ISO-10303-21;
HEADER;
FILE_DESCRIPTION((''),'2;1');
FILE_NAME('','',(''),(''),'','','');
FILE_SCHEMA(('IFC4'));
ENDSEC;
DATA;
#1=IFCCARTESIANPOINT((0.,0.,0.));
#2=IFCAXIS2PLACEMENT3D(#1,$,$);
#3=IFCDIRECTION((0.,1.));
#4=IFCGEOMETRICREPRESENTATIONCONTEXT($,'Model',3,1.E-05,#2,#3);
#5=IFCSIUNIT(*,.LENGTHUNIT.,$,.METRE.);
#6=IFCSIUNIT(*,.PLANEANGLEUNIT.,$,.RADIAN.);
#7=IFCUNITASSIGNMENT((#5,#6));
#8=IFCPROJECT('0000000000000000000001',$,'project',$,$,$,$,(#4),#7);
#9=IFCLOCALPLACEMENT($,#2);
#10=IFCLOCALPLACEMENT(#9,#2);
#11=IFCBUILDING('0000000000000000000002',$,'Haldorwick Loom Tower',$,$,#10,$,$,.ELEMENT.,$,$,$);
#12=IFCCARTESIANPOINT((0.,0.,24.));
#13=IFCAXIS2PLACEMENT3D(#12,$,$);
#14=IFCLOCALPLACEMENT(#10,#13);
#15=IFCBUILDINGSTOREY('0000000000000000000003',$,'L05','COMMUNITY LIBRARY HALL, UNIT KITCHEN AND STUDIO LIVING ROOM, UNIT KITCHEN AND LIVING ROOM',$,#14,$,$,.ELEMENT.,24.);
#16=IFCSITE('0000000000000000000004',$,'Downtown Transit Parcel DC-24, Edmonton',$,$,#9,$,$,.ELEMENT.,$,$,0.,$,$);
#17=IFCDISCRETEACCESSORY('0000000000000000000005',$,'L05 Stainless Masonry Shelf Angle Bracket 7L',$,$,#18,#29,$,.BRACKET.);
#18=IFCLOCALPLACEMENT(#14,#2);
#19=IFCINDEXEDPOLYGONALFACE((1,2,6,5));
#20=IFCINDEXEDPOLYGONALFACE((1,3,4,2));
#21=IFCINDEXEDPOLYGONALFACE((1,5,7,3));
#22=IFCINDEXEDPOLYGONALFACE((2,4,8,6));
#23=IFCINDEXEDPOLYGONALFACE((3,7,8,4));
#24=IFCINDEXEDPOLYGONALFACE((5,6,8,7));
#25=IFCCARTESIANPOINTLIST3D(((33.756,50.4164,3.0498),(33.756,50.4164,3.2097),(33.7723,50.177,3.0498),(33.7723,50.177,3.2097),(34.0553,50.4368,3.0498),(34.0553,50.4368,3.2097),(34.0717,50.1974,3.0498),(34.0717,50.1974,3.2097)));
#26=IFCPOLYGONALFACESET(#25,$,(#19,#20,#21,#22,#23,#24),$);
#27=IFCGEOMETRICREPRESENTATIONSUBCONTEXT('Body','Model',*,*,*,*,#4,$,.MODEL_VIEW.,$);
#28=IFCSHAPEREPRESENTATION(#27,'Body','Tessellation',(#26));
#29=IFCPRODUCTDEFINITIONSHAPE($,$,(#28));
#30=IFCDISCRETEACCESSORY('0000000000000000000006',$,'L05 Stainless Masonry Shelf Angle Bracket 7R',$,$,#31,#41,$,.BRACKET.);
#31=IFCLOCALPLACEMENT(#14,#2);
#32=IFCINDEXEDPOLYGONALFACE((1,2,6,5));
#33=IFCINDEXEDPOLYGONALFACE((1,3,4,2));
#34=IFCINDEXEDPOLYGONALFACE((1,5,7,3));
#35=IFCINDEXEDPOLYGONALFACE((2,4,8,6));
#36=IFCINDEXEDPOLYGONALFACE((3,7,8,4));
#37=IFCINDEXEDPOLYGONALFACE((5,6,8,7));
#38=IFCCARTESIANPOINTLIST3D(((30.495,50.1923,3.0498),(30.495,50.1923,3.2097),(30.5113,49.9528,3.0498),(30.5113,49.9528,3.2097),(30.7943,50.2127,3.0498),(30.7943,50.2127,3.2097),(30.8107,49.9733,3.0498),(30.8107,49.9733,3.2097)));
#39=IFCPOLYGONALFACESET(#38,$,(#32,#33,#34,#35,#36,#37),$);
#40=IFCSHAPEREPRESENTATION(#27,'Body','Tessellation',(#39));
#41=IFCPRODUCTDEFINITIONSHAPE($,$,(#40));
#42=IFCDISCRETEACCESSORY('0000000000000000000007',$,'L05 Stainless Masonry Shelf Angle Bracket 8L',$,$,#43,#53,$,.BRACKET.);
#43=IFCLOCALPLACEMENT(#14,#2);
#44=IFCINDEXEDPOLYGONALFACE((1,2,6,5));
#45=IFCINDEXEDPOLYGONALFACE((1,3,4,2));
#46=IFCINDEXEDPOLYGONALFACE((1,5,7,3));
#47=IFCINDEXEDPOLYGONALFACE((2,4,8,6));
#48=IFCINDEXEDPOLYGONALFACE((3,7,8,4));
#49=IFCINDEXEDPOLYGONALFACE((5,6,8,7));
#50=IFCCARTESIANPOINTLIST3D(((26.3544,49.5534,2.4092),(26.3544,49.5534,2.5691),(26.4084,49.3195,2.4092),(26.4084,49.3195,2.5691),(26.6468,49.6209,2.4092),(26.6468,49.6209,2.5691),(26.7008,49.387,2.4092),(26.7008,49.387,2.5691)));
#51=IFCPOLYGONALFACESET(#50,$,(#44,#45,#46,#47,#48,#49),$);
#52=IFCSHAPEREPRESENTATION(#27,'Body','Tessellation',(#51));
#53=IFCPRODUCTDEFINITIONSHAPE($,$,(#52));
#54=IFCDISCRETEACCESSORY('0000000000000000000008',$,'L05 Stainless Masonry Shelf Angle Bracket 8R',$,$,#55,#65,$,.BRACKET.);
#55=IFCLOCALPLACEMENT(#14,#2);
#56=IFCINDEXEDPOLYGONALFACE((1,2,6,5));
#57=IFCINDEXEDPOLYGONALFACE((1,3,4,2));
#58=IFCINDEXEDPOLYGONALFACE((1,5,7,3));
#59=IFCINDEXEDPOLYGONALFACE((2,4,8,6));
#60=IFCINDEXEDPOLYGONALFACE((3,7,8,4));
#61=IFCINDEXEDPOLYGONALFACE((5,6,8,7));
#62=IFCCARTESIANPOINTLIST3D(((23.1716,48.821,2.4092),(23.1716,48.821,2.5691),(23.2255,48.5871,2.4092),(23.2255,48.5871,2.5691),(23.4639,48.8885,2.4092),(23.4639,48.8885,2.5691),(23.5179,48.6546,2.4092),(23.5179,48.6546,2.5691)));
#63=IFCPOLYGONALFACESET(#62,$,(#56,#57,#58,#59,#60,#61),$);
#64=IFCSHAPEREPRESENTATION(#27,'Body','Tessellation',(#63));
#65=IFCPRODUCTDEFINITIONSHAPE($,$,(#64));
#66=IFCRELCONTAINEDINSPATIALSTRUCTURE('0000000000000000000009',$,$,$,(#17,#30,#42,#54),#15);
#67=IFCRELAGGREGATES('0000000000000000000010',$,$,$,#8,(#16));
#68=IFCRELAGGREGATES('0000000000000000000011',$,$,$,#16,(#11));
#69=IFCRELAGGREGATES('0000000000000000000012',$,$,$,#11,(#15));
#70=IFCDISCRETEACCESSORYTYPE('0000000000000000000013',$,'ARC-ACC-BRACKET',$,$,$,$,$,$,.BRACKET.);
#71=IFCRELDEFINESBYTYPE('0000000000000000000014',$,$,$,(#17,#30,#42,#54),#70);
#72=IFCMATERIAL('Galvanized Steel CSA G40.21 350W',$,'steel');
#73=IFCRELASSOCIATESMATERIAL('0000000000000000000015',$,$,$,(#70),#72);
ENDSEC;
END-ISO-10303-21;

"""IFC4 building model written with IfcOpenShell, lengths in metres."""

from ifc_helpers import new_model, si_unit, direction, frame, origin, origin_2d, place, context, subcontext, project, spatial, rectangle, extrude, material, type_object, element, save


model = new_model("IFC4")

# Units and contexts
model_context = context("Model", 3, precision=1e-05, world=origin(), true_north=direction((0.0, 1.0)))
body_context = subcontext(model_context, "Body", "Model", "MODEL_VIEW")
ifc_project = project(units=[si_unit("LENGTHUNIT", "METRE"), si_unit("PLANEANGLEUNIT", "RADIAN")], contexts=[model_context])

# Site, building, storey
site_placement = place(None, origin())
site = spatial("IfcSite", under=ifc_project, at=site_placement, Name="Downtown Transit Parcel DC-24, Edmonton", CompositionType="ELEMENT", RefElevation=0.0)
building_placement = place(site_placement, origin())
building = spatial("IfcBuilding", under=site, at=building_placement, Name="Haldorwick Loom Tower", CompositionType="ELEMENT")
storey_placement = place(building_placement, frame((0.0, 0.0, 24.0)))
storey = spatial("IfcBuildingStorey", under=building, at=storey_placement, Name="L05", Description="COMMUNITY LIBRARY HALL, UNIT KITCHEN AND STUDIO LIVING ROOM, UNIT KITCHEN AND LIVING ROOM", CompositionType="ELEMENT", Elevation=24.0)

# Discrete accessories
ifc_material_1 = material(Name="Galvanized Steel CSA G40.21 350W", Category="steel")
discrete_accessory_type = type_object("IfcDiscreteAccessoryType", Name="ARC-ACC-BRACKET", PredefinedType="BRACKET", material=ifc_material_1)
for number, where, z_axis, x_axis, name in (
    (1, (33.9138, 50.3069, 3.0498), (0.0, 0.0, 1.0), (-0.997684, -0.068015, 0.0), "L05 Stainless Masonry Shelf Angle Bracket 7L"),
    (2, (30.6528, 50.0828, 3.0498), (0.0, 0.0, 1.0), (-0.997684, -0.068015, 0.0), "L05 Stainless Masonry Shelf Angle Bracket 7R"),
    (3, (26.5276, 49.4702, 2.4092), (0.0, 0.0, 1.0), (-0.97437, -0.224951, 0.0), "L05 Stainless Masonry Shelf Angle Bracket 8L"),
    (4, (23.3447, 48.7378, 2.4092), (0.0, 0.0, 1.0), (-0.97437, -0.224951, 0.0), "L05 Stainless Masonry Shelf Angle Bracket 8R"),
):
    element("IfcDiscreteAccessory", number, at=place(storey_placement, frame(where, z_axis=z_axis, x_axis=x_axis)), inside=storey, type_object=discrete_accessory_type, Name=name, PredefinedType="BRACKET", context=body_context, shape_type="SweptSolid", body=[
        extrude(rectangle(XDim=0.3, YDim=0.24, at=origin_2d()), origin(), (0.0, 0.0, 1.0), 0.1599),
    ])

save(model, "model.ifc")
